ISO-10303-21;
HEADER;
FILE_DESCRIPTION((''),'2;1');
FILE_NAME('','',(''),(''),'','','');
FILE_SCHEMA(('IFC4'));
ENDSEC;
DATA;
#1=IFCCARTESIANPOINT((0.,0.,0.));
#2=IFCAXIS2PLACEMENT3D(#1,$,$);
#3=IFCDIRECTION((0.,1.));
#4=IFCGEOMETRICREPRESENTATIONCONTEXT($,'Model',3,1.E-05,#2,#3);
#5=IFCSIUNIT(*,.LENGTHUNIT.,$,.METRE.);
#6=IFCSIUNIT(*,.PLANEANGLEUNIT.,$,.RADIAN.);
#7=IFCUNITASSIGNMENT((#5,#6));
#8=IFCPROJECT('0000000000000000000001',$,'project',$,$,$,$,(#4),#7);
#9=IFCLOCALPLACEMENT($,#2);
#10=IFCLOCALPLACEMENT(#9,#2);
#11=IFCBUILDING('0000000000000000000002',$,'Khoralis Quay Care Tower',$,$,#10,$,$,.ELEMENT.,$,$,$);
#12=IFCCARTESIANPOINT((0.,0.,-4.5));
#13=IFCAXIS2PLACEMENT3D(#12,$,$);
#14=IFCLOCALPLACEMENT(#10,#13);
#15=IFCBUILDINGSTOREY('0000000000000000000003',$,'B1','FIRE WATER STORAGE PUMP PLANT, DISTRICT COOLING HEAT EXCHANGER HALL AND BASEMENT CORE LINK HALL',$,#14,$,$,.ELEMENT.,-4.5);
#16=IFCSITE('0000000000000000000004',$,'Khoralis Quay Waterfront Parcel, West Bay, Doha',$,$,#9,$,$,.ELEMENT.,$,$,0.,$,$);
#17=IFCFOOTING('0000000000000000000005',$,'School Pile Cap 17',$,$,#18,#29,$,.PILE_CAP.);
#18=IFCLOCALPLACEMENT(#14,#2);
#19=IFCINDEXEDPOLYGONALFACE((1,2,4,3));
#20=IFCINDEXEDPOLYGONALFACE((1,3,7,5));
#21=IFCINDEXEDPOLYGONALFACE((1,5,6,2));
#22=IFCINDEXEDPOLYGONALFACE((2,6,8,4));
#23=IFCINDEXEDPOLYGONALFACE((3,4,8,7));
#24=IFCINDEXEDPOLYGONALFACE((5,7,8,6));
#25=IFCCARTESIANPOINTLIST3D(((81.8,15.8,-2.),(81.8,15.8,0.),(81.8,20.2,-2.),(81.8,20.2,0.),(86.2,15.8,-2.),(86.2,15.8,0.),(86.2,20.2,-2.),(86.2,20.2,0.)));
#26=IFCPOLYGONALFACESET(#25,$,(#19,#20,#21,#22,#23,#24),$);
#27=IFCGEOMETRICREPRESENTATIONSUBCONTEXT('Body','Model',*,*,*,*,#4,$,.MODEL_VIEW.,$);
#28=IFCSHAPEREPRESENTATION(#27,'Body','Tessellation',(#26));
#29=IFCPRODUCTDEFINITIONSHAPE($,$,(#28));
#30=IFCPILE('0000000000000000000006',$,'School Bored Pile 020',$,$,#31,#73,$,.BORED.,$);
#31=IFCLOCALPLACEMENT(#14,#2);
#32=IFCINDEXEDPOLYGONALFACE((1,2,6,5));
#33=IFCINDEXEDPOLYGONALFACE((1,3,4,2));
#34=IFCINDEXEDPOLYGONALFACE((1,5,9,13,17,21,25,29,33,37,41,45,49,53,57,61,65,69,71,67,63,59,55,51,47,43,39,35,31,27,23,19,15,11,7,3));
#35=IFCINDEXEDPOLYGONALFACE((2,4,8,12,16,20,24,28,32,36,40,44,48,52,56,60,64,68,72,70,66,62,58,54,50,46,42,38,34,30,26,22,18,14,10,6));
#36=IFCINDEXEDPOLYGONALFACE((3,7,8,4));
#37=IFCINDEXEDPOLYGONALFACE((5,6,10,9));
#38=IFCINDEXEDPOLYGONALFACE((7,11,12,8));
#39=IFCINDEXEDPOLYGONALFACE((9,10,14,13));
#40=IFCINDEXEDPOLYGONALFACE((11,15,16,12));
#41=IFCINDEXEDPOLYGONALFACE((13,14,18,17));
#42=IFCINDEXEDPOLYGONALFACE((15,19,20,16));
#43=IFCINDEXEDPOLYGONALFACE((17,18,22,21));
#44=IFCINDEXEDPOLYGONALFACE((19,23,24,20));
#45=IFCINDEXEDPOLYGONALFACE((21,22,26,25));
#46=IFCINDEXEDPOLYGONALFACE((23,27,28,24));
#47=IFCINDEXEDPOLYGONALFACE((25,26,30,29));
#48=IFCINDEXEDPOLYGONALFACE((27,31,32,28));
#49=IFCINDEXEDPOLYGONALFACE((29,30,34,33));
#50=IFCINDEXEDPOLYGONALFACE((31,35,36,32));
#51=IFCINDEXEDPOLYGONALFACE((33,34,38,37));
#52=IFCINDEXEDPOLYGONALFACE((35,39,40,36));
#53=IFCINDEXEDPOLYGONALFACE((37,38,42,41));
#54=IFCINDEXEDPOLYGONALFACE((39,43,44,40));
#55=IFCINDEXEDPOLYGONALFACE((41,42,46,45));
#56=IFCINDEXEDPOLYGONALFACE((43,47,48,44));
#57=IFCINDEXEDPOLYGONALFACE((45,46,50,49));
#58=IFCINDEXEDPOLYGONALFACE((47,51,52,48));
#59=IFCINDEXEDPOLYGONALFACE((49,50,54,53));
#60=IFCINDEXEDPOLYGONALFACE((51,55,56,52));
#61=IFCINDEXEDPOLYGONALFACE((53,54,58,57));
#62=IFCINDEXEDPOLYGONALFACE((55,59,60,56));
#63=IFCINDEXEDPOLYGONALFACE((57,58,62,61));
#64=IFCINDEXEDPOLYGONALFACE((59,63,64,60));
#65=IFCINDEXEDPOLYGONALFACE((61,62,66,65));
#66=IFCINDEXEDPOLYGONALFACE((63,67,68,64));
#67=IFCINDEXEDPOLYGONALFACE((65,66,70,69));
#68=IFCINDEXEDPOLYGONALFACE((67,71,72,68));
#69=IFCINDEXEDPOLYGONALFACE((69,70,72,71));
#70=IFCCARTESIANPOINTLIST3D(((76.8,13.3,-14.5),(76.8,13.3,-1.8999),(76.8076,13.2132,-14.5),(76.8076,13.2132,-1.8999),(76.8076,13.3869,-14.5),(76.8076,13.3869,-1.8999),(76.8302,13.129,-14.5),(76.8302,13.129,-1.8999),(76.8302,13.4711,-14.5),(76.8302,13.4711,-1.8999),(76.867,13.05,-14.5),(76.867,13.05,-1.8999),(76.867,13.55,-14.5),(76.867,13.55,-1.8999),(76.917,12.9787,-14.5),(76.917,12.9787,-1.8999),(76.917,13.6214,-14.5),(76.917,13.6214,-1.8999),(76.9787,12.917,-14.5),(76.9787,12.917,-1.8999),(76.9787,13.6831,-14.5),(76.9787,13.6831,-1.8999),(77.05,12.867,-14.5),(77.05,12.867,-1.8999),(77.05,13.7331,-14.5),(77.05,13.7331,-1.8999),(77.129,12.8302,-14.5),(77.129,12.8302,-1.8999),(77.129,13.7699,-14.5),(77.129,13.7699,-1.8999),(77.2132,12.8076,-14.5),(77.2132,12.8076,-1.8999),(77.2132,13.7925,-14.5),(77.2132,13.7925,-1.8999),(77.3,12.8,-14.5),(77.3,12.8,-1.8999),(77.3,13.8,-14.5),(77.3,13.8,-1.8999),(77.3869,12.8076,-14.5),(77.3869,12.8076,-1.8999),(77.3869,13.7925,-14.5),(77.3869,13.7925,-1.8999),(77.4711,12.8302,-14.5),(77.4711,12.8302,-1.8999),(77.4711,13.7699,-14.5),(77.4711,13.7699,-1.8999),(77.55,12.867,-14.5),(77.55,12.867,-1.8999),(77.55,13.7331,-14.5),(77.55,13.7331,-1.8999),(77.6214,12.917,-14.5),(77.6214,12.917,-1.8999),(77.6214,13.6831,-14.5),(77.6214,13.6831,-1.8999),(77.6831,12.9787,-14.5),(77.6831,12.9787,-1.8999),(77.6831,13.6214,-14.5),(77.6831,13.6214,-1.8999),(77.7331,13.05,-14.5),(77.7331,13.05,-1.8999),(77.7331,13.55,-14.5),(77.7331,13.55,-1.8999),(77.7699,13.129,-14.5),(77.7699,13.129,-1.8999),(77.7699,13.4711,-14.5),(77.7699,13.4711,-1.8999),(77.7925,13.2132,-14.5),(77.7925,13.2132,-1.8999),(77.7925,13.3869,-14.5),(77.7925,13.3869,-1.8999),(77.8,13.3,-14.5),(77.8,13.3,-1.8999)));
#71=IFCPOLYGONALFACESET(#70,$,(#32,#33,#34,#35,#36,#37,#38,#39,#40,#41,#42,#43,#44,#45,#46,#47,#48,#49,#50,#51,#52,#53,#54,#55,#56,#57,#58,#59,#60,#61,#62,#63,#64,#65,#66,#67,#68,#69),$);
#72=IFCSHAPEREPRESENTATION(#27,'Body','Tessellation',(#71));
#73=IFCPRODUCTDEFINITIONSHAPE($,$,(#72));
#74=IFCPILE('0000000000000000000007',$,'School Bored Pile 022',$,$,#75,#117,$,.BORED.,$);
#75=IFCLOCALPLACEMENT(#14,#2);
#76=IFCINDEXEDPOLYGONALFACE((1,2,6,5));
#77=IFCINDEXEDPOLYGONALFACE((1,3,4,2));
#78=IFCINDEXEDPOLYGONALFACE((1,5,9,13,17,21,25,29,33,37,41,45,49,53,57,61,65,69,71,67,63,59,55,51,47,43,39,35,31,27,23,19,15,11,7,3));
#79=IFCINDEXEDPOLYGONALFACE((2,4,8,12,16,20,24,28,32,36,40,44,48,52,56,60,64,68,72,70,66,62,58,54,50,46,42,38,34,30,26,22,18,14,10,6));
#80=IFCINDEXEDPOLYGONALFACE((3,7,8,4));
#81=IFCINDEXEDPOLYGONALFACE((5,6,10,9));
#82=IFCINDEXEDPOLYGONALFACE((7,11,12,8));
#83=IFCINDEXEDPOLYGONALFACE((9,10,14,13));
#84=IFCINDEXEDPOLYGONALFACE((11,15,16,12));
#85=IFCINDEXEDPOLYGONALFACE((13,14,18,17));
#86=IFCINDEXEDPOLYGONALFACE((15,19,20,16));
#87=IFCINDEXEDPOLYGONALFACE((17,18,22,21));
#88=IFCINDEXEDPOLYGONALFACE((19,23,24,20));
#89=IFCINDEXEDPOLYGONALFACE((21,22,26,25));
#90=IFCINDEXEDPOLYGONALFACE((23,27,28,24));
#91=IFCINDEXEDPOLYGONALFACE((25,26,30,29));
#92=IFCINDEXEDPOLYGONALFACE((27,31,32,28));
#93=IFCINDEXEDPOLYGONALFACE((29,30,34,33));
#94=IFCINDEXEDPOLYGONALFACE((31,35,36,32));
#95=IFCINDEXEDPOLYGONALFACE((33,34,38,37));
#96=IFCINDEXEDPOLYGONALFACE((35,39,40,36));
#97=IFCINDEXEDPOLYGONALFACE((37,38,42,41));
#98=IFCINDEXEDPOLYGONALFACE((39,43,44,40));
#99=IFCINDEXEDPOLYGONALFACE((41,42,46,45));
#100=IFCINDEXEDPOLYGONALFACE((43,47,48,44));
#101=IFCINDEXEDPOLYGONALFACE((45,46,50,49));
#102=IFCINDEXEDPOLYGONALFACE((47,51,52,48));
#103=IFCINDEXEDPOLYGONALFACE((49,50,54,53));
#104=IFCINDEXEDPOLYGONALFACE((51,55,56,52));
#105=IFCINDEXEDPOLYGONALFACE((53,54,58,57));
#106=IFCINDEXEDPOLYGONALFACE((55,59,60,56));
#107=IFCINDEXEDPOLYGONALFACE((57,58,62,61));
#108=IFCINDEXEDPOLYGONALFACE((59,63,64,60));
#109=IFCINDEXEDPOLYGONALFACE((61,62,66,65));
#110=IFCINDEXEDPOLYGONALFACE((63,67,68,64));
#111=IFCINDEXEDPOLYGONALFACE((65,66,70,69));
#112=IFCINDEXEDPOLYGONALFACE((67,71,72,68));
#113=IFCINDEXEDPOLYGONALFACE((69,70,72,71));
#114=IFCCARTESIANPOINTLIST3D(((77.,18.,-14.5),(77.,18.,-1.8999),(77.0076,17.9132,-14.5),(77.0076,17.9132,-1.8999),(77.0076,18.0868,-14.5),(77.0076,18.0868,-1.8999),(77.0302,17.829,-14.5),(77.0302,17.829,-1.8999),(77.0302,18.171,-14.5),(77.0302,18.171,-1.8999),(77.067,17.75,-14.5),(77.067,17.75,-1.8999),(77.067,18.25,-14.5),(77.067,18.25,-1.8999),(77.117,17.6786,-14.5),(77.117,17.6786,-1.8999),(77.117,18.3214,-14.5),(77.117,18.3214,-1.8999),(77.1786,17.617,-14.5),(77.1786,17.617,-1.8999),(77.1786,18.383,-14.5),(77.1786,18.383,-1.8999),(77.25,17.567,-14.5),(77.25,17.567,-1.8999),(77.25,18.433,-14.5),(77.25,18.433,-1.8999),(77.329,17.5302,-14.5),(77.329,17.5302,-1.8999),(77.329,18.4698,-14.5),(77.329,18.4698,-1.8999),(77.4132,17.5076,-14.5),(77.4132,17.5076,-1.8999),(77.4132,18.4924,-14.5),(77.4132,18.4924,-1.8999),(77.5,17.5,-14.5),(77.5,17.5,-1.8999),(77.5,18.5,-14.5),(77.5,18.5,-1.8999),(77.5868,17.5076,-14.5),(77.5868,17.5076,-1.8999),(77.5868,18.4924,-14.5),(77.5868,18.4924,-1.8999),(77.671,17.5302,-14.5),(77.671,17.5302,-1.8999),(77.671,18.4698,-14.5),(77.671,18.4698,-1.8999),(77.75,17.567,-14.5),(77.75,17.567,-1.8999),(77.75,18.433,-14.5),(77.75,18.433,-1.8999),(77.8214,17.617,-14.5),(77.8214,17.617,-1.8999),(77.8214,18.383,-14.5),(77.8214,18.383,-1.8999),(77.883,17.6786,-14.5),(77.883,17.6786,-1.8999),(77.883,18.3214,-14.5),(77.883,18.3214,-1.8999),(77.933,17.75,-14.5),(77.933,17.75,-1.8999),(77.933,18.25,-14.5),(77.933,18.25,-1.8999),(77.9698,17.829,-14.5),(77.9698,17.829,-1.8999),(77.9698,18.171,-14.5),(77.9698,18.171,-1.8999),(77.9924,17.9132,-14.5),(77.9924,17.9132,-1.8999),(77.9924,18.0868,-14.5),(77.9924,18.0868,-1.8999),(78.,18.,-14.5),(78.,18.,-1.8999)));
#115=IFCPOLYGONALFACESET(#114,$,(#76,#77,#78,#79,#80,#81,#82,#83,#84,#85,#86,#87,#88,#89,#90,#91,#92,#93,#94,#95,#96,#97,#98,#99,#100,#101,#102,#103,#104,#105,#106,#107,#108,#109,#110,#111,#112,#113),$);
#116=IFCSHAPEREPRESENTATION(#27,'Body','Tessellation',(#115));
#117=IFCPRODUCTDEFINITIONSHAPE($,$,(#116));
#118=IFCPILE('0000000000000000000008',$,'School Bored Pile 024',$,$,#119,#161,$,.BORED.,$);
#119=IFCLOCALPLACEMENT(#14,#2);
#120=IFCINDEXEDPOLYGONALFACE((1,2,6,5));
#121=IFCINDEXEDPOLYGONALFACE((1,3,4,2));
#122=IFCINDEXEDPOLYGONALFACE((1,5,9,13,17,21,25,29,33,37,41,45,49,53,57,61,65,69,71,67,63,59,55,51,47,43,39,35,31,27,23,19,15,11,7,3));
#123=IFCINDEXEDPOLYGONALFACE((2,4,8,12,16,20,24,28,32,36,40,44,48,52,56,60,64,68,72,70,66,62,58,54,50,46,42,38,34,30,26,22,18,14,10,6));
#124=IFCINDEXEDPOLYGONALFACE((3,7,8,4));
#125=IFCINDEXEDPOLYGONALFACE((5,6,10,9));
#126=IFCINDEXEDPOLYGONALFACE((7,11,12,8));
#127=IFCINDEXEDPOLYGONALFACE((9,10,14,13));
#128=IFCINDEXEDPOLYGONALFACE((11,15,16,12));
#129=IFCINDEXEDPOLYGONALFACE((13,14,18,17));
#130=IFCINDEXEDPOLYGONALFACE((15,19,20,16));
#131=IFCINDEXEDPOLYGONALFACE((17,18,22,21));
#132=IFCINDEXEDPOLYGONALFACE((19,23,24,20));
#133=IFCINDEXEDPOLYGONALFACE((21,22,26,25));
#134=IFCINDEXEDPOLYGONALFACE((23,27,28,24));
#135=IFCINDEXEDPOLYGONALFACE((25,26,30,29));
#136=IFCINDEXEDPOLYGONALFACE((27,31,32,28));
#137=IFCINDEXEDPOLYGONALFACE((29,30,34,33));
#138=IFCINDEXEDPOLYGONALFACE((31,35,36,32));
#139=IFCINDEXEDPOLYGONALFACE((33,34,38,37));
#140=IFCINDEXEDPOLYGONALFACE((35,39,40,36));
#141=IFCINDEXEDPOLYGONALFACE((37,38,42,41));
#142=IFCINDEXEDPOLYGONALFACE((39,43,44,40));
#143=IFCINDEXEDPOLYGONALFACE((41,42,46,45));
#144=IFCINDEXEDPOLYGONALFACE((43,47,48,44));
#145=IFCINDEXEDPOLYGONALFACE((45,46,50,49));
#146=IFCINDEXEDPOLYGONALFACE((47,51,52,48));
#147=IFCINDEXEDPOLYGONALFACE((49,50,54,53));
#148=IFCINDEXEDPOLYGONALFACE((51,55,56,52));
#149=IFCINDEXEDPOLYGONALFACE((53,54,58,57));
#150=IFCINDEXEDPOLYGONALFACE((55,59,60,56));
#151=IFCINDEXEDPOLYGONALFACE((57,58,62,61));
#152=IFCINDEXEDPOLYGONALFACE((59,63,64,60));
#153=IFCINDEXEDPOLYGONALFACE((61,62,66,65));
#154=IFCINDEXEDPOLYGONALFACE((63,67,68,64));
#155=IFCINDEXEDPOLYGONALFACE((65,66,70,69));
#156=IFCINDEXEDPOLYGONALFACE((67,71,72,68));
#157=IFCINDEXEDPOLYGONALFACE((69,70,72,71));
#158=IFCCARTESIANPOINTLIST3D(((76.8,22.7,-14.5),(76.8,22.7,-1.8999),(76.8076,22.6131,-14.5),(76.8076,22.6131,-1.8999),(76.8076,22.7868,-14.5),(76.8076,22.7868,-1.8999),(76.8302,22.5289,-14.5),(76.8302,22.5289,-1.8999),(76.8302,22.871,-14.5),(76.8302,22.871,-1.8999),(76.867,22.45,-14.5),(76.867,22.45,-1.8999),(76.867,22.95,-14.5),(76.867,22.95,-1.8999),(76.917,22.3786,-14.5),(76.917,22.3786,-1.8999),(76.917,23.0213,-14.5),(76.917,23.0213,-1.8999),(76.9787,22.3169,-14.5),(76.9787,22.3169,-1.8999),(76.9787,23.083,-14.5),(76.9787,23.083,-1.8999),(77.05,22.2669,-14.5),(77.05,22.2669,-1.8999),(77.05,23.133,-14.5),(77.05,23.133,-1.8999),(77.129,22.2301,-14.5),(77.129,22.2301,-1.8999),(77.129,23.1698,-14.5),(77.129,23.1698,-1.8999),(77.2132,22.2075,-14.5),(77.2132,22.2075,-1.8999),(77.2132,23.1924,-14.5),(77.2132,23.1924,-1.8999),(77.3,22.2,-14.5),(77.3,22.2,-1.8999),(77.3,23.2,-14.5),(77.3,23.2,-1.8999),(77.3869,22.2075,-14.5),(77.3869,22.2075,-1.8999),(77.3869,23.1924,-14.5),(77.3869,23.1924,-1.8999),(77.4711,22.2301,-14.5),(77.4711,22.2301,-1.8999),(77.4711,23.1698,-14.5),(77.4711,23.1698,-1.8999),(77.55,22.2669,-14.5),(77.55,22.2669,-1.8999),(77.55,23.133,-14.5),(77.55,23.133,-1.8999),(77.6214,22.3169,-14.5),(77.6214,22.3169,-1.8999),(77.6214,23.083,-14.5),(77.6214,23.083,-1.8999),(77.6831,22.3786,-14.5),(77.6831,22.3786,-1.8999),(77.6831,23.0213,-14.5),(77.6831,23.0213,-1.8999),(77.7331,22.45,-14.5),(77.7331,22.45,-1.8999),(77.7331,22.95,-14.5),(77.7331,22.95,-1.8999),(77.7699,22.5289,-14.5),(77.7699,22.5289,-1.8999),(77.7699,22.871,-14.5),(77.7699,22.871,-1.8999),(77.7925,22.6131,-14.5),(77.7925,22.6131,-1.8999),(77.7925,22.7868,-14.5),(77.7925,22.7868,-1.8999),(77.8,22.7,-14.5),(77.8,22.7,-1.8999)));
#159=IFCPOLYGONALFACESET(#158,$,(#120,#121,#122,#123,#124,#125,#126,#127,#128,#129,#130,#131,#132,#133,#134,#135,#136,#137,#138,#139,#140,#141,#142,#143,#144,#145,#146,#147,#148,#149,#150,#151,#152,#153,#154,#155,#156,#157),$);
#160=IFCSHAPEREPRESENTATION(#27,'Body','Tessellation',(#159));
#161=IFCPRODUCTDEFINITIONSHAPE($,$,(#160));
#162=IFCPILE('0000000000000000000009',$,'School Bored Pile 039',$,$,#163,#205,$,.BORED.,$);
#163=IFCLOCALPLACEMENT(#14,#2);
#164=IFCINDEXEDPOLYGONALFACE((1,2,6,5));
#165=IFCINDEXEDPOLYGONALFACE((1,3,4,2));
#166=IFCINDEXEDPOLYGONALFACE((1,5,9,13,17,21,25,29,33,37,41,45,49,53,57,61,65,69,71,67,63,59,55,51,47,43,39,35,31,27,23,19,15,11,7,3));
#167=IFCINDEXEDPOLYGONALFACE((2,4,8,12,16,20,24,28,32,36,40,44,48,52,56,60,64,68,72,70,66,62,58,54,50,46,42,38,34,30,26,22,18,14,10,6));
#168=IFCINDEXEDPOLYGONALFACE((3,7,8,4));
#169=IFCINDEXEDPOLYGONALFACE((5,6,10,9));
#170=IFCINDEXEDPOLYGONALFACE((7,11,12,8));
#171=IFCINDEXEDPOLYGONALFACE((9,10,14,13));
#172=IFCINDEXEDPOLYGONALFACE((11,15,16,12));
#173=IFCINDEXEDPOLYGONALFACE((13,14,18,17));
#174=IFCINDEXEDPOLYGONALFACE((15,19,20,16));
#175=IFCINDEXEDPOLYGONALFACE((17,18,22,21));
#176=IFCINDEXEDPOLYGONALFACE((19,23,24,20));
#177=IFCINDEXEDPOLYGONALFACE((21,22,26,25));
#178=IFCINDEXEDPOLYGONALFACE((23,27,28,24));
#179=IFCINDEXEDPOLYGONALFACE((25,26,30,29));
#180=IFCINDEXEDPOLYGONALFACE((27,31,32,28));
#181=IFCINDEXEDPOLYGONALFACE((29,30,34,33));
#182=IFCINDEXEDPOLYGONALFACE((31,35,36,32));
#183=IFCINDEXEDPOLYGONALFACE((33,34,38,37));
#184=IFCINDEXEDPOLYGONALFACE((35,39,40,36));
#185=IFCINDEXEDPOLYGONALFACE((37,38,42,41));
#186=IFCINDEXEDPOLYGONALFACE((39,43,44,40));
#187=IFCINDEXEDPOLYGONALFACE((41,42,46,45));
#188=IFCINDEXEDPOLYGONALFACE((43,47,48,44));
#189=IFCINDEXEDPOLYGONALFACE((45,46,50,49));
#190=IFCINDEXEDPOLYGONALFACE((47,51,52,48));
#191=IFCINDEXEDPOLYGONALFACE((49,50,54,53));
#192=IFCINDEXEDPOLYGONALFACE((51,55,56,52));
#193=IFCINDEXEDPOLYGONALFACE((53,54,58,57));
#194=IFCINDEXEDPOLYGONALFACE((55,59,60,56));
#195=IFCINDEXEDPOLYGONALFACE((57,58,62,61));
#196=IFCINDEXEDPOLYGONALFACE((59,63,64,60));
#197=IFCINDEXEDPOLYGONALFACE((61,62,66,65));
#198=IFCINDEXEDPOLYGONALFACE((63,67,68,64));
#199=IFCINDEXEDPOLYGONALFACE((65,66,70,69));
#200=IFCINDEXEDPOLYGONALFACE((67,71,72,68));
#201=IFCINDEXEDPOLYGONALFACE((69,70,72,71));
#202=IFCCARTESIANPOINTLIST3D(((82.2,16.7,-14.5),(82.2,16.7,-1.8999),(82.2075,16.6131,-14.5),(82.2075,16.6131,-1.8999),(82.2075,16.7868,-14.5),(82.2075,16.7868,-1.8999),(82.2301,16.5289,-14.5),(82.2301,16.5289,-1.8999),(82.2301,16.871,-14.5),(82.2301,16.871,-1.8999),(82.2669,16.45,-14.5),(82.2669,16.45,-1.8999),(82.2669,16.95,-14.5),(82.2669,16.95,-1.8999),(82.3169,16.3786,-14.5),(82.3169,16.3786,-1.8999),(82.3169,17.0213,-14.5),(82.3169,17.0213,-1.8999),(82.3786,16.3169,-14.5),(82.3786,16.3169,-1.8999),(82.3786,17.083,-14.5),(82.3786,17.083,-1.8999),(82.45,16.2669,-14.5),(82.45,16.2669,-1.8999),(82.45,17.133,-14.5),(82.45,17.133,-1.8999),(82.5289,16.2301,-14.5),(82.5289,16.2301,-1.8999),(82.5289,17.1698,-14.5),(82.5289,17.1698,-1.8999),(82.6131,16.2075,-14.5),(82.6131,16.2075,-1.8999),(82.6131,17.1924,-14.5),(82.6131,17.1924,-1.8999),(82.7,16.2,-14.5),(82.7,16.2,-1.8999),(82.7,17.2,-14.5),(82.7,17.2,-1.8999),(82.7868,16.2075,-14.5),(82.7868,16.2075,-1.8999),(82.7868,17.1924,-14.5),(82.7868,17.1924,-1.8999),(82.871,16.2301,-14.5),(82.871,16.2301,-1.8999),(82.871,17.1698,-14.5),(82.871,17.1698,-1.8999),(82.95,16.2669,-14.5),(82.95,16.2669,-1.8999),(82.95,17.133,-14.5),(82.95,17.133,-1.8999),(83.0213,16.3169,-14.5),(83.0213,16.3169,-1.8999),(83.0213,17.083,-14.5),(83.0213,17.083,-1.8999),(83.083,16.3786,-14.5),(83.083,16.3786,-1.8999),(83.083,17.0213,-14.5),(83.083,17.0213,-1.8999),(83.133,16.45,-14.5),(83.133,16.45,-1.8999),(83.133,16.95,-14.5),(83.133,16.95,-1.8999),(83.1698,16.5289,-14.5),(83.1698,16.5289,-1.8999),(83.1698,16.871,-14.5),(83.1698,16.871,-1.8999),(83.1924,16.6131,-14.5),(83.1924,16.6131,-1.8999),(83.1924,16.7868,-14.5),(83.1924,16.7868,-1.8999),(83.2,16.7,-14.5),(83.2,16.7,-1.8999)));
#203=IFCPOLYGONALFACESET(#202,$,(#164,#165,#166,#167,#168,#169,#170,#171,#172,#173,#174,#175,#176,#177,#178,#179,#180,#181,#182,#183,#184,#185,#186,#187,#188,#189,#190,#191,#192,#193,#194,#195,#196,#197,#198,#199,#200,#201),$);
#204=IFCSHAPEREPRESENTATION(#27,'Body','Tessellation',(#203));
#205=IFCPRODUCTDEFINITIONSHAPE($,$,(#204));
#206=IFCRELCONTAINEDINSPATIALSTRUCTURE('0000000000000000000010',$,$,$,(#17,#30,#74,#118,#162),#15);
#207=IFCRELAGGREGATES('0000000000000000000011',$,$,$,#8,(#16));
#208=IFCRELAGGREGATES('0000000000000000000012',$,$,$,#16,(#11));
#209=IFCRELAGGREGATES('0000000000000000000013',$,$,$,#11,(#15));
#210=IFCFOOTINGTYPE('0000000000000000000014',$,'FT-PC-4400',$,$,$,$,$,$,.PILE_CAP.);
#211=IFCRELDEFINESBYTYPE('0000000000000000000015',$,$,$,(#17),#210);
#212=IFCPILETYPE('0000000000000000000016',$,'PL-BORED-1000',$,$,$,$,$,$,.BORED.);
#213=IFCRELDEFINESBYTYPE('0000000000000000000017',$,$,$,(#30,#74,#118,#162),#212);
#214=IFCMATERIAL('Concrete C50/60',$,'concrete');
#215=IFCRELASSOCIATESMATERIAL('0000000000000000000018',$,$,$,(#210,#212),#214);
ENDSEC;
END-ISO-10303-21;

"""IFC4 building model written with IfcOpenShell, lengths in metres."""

from ifc_helpers import new_model, si_unit, direction, frame, origin, origin_2d, place, context, subcontext, project, spatial, rectangle, circle, extrude, source, transform, mapped, material, material_profile, profile_set, type_object, element, save


model = new_model("IFC4")

# Units and contexts
model_context = context("Model", 3, precision=1e-05, world=origin(), true_north=direction((0.0, 1.0)))
body_context = subcontext(model_context, "Body", "Model", "MODEL_VIEW")
ifc_project = project(units=[si_unit("LENGTHUNIT", "METRE"), si_unit("PLANEANGLEUNIT", "RADIAN")], contexts=[model_context])

# Site, building, storey
site_placement = place(None, origin())
site = spatial("IfcSite", under=ifc_project, at=site_placement, Name="Khoralis Quay Waterfront Parcel, West Bay, Doha", CompositionType="ELEMENT", RefElevation=0.0)
building_placement = place(site_placement, origin())
building = spatial("IfcBuilding", under=site, at=building_placement, Name="Khoralis Quay Care Tower", CompositionType="ELEMENT")
storey_placement = place(building_placement, frame((0.0, 0.0, -4.5)))
storey = spatial("IfcBuildingStorey", under=building, at=storey_placement, Name="B1", Description="FIRE WATER STORAGE PUMP PLANT, DISTRICT COOLING HEAT EXCHANGER HALL AND BASEMENT CORE LINK HALL", CompositionType="ELEMENT", Elevation=-4.5)

# Footing
ifc_material_1 = material(Name="Concrete C50/60", Category="concrete")
footing_type_1 = type_object("IfcFootingType", Name="FT-PC-4400", PredefinedType="PILE_CAP", material=ifc_material_1)
shared_shape_1 = source(origin(), body_context, "Body", "SweptSolid", [
    extrude(rectangle(XDim=4.3999, YDim=4.3999, at=origin_2d()), origin(), (0.0, 0.0, 1.0), 2.0),
])
footing_placement = place(storey_placement, frame((84.0, 18.0, -2.0), z_axis=(0.0, 0.0, 1.0), x_axis=(1.0, 0.0, 0.0)))
element("IfcFooting", 1, at=footing_placement, inside=storey, type_object=footing_type_1, Name="School Pile Cap 17", PredefinedType="PILE_CAP", context=body_context, shape_type="MappedRepresentation", body=[
    mapped(shared_shape_1, transform((0.0, 0.0, 0.0), scale=1.0)),
])

# Piles
ifc_material_profile_1 = material_profile(ifc_material_1, circle(Radius=0.5, at=origin_2d()), Name="Concrete C50/60")
ifc_profile_set_1 = profile_set([ifc_material_profile_1], Name="Concrete C50/60")
pile_type = type_object("IfcPileType", Name="PL-BORED-1000", PredefinedType="BORED", material=ifc_profile_set_1)
shared_shape_2 = source(origin(), body_context, "Body", "SweptSolid", [
    extrude(circle(Radius=0.5, at=origin_2d()), origin(), (0.0, 0.0, 1.0), 12.6001),
])
for number, where, z_axis, x_axis, name in (
    (2, (77.3, 13.3, -1.8999), (0.0, 0.0, -1.0), (1.0, 0.0, 0.0), "School Bored Pile 020"),
    (3, (77.5, 18.0, -1.8999), (0.0, 0.0, -1.0), (1.0, 0.0, 0.0), "School Bored Pile 022"),
    (4, (77.3, 22.7, -1.8999), (0.0, 0.0, -1.0), (1.0, 0.0, 0.0), "School Bored Pile 024"),
    (5, (82.7, 16.7, -1.8999), (0.0, 0.0, -1.0), (1.0, 0.0, 0.0), "School Bored Pile 039"),
):
    element("IfcPile", number, at=place(storey_placement, frame(where, z_axis=z_axis, x_axis=x_axis)), inside=storey, type_object=pile_type, Name=name, PredefinedType="BORED", context=body_context, shape_type="MappedRepresentation", body=[
        mapped(shared_shape_2, transform((0.0, 0.0, 0.0), scale=1.0)),
    ])

save(model, "model.ifc")
